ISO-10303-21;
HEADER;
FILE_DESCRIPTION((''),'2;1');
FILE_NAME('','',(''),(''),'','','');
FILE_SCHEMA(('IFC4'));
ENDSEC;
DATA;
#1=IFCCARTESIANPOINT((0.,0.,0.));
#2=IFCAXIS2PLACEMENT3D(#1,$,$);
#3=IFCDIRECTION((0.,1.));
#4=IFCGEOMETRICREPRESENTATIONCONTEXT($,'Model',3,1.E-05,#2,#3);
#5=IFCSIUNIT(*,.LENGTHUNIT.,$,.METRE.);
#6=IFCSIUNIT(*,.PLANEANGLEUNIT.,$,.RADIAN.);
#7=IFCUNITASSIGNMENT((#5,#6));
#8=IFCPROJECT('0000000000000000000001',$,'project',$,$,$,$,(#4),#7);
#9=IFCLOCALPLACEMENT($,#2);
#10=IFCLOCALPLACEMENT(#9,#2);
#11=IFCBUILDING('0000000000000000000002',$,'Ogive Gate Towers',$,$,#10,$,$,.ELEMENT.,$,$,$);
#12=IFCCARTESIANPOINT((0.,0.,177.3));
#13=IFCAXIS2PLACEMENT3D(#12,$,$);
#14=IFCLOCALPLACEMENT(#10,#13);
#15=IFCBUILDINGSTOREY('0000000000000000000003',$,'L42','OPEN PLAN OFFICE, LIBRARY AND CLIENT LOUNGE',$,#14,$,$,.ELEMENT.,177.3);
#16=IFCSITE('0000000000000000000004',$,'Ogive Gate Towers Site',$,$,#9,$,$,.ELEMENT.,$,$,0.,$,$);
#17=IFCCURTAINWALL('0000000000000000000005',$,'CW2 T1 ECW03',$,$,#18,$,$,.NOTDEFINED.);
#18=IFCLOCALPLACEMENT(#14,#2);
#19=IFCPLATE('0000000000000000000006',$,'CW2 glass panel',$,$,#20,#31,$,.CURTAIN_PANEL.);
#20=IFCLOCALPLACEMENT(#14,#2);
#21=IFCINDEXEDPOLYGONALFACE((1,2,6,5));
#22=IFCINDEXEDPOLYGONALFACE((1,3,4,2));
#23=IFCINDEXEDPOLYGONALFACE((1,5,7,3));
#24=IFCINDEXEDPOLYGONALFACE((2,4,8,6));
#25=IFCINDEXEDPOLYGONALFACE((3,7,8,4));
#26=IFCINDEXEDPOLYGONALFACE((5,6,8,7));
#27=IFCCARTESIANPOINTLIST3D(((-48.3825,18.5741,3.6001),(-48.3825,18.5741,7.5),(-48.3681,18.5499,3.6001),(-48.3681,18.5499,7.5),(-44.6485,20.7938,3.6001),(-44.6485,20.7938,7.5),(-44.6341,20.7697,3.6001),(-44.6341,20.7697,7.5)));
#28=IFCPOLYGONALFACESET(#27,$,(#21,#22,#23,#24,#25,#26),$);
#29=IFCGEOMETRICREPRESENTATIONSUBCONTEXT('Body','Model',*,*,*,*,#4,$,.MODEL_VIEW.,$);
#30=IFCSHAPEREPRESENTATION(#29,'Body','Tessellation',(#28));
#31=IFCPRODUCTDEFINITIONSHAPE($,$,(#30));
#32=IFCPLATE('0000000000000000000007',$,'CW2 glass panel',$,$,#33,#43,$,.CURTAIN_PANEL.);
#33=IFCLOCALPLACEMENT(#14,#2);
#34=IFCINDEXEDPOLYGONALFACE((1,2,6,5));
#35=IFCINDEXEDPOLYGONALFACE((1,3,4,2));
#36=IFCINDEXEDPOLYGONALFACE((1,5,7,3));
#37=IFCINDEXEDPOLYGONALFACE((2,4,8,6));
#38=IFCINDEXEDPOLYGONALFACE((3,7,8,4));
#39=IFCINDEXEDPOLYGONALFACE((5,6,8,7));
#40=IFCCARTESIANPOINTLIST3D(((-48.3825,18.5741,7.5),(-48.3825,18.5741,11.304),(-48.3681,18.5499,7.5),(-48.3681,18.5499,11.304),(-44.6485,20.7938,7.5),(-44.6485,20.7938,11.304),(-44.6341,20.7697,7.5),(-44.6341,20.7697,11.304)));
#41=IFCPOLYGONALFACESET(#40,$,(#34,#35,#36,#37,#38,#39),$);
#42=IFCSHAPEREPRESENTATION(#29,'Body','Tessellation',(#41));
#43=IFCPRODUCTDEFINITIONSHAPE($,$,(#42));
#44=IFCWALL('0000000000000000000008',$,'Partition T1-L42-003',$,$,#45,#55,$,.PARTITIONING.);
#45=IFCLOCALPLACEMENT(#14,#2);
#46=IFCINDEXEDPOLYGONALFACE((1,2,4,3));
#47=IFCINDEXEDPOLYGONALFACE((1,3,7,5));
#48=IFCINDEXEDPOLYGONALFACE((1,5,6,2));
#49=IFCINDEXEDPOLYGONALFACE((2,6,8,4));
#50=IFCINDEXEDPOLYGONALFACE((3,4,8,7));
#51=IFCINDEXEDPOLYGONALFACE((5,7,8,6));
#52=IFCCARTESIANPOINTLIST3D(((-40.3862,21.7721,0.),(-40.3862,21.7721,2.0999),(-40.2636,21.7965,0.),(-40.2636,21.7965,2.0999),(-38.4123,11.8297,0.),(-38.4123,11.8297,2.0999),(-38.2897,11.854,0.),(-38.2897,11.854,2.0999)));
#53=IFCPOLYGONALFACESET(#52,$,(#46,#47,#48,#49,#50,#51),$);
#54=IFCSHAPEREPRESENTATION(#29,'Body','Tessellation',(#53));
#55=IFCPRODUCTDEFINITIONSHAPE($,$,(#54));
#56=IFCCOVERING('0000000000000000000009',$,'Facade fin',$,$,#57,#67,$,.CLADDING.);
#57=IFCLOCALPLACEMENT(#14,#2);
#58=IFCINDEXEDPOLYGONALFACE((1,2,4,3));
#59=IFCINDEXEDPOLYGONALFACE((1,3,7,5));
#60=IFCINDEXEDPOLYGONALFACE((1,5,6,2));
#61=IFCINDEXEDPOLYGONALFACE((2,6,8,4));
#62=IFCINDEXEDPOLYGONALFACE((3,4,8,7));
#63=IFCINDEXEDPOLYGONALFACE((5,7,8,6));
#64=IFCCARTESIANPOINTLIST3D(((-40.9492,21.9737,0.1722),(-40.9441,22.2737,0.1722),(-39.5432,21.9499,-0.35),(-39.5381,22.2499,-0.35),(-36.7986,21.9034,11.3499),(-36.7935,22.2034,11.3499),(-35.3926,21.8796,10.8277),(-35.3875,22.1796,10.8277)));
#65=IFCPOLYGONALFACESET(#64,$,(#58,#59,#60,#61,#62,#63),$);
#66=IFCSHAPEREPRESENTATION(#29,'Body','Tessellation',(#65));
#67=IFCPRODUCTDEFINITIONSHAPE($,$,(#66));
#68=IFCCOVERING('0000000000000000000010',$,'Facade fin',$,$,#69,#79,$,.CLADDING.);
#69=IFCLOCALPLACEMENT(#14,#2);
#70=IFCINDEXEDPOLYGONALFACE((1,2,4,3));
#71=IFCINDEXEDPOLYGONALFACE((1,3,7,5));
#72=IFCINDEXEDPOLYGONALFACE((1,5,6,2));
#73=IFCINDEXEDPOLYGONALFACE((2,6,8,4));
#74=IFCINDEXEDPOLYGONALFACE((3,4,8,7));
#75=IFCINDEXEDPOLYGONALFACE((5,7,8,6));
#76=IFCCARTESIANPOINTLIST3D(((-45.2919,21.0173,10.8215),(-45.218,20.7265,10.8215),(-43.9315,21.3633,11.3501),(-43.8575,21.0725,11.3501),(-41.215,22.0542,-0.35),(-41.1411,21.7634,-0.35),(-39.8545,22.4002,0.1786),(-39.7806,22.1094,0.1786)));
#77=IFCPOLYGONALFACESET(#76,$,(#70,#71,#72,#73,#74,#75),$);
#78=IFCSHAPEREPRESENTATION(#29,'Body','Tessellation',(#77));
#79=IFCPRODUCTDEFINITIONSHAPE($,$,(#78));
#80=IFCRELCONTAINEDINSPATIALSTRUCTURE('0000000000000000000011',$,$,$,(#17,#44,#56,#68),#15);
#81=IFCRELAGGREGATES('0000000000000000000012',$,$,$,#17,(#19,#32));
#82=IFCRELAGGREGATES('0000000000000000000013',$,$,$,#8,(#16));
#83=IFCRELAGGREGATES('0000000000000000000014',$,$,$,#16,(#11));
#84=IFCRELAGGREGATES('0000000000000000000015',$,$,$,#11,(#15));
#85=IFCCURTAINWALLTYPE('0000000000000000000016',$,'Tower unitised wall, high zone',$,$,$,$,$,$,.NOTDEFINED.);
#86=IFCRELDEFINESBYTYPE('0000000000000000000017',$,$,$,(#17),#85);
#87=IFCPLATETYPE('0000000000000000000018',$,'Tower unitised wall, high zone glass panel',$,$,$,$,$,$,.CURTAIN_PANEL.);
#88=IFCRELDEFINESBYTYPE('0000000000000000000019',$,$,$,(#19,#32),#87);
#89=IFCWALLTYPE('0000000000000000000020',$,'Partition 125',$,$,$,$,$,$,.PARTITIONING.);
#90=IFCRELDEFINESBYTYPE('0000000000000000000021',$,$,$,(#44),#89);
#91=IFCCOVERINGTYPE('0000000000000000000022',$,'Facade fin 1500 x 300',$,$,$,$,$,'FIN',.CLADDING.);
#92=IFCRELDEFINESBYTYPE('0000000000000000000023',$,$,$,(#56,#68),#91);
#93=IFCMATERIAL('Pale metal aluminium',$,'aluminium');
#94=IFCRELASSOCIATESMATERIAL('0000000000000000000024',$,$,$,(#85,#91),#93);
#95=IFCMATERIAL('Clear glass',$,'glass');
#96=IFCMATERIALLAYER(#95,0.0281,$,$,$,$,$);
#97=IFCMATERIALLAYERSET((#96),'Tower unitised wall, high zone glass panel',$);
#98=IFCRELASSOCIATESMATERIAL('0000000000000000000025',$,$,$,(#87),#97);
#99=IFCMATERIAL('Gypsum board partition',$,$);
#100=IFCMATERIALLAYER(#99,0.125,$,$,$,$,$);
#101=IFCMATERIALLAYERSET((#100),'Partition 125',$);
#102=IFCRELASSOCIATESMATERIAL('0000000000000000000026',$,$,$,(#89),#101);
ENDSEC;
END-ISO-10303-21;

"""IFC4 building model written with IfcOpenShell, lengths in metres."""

from ifc_helpers import new_model, si_unit, direction, frame, frame_2d, origin, origin_2d, place, context, subcontext, project, spatial, rectangle, extrude, material, layer, layer_set, material_profile, profile_set, type_object, element, aggregate, save


model = new_model("IFC4")

# Units and contexts
model_context = context("Model", 3, precision=1e-05, world=origin(), true_north=direction((0.0, 1.0)))
body_context = subcontext(model_context, "Body", "Model", "MODEL_VIEW")
ifc_project = project(units=[si_unit("LENGTHUNIT", "METRE"), si_unit("PLANEANGLEUNIT", "RADIAN")], contexts=[model_context])

# Site, building, storey
site_placement = place(None, origin())
site = spatial("IfcSite", under=ifc_project, at=site_placement, Name="Ogive Gate Towers Site", CompositionType="ELEMENT", RefElevation=0.0)
building_placement = place(site_placement, origin())
building = spatial("IfcBuilding", under=site, at=building_placement, Name="Ogive Gate Towers", CompositionType="ELEMENT")
storey_placement = place(building_placement, frame((0.0, 0.0, 177.3)))
storey = spatial("IfcBuildingStorey", under=building, at=storey_placement, Name="L42", Description="OPEN PLAN OFFICE, LIBRARY AND CLIENT LOUNGE", CompositionType="ELEMENT", Elevation=177.3)

# Curtain wall, plates
ifc_material_1 = material(Name="Pale metal aluminium", Category="aluminium")
curtain_wall_type = type_object("IfcCurtainWallType", Name="Tower unitised wall, high zone", PredefinedType="NOTDEFINED", material=ifc_material_1)
curtain_wall_placement = place(storey_placement, origin())
curtain_wall = element("IfcCurtainWall", 1, at=curtain_wall_placement, inside=storey, type_object=curtain_wall_type, Name="CW2 T1 ECW03", PredefinedType="NOTDEFINED")
ifc_material_2 = material(Name="Clear glass", Category="glass")
ifc_layer_1 = layer(ifc_material_2, 0.0281)
ifc_layer_set_1 = layer_set([ifc_layer_1], Name="Tower unitised wall, high zone glass panel")
plate_type = type_object("IfcPlateType", Name="Tower unitised wall, high zone glass panel", PredefinedType="CURTAIN_PANEL", material=ifc_layer_set_1)
plate_1_placement = place(storey_placement, frame((-46.5083, 19.6719, 3.6001), z_axis=(0.0, 0.0, 1.0), x_axis=(-0.859585, -0.510993, 0.0)))
plate_1 = element("IfcPlate", 2, at=plate_1_placement, type_object=plate_type, Name="CW2 glass panel", PredefinedType="CURTAIN_PANEL", context=body_context, shape_type="SweptSolid", body=[
    extrude(rectangle(XDim=4.344, YDim=0.0281, at=origin_2d()), origin(), (0.0, 0.0, 1.0), 3.8999),
])
plate_2_placement = place(storey_placement, frame((-46.5083, 19.6719, 7.5), z_axis=(0.0, 0.0, 1.0), x_axis=(-0.859585, -0.510993, 0.0)))
plate_2 = element("IfcPlate", 3, at=plate_2_placement, type_object=plate_type, Name="CW2 glass panel", PredefinedType="CURTAIN_PANEL", context=body_context, shape_type="SweptSolid", body=[
    extrude(rectangle(XDim=4.344, YDim=0.0281, at=origin_2d()), origin(), (0.0, 0.0, 1.0), 3.804),
])
aggregate(curtain_wall, [plate_1, plate_2])

# Wall
ifc_material_3 = material(Name="Gypsum board partition")
ifc_layer_2 = layer(ifc_material_3, 0.125)
ifc_layer_set_2 = layer_set([ifc_layer_2], Name="Partition 125")
wall_type = type_object("IfcWallType", Name="Partition 125", PredefinedType="PARTITIONING", material=ifc_layer_set_2)
wall_placement = place(storey_placement, frame((-40.325, 21.7844, 0.0), z_axis=(0.0, 0.0, 1.0), x_axis=(0.194731, -0.980857, 0.0)))
element("IfcWall", 4, at=wall_placement, inside=storey, type_object=wall_type, Name="Partition T1-L42-003", PredefinedType="PARTITIONING", context=body_context, shape_type="SweptSolid", body=[
    extrude(rectangle(XDim=10.1365, YDim=0.125, at=frame_2d((5.0684, 0.0))), origin(), (0.0, 0.0, 1.0), 2.0999),
])

# Coverings
ifc_material_profile_1 = material_profile(ifc_material_1, rectangle(XDim=0.3, YDim=1.5, at=origin_2d()), Name="1500 x 300 pale metal aluminium")
ifc_profile_set_1 = profile_set([ifc_material_profile_1], Name="Pale metal aluminium")
covering_type = type_object("IfcCoveringType", Name="Facade fin 1500 x 300", ElementType="FIN", PredefinedType="CLADDING", material=ifc_profile_set_1)
covering_1_placement = place(storey_placement, frame((-40.2437, 22.1118, -0.0889), z_axis=(0.3481, -0.005897, 0.937439), x_axis=(0.016938, 0.999857, 0.0)))
element("IfcCovering", 5, at=covering_1_placement, inside=storey, type_object=covering_type, Name="Facade fin", PredefinedType="CLADDING", context=body_context, shape_type="SweptSolid", body=[
    extrude(rectangle(XDim=0.3, YDim=1.5, at=origin_2d()), origin(), (0.0, 0.0, 1.0), 11.9236),
])
covering_2_placement = place(storey_placement, frame((-40.4978, 22.0818, -0.0857), z_axis=(-0.34153, -0.08686, 0.935849), x_axis=(0.24648, -0.969148, 0.0)))
element("IfcCovering", 6, at=covering_2_placement, inside=storey, type_object=covering_type, Name="Facade fin", PredefinedType="CLADDING", context=body_context, shape_type="SweptSolid", body=[
    extrude(rectangle(XDim=0.3, YDim=1.5, at=origin_2d()), origin(), (0.0, 0.0, 1.0), 11.9373),
])

save(model, "model.ifc")
